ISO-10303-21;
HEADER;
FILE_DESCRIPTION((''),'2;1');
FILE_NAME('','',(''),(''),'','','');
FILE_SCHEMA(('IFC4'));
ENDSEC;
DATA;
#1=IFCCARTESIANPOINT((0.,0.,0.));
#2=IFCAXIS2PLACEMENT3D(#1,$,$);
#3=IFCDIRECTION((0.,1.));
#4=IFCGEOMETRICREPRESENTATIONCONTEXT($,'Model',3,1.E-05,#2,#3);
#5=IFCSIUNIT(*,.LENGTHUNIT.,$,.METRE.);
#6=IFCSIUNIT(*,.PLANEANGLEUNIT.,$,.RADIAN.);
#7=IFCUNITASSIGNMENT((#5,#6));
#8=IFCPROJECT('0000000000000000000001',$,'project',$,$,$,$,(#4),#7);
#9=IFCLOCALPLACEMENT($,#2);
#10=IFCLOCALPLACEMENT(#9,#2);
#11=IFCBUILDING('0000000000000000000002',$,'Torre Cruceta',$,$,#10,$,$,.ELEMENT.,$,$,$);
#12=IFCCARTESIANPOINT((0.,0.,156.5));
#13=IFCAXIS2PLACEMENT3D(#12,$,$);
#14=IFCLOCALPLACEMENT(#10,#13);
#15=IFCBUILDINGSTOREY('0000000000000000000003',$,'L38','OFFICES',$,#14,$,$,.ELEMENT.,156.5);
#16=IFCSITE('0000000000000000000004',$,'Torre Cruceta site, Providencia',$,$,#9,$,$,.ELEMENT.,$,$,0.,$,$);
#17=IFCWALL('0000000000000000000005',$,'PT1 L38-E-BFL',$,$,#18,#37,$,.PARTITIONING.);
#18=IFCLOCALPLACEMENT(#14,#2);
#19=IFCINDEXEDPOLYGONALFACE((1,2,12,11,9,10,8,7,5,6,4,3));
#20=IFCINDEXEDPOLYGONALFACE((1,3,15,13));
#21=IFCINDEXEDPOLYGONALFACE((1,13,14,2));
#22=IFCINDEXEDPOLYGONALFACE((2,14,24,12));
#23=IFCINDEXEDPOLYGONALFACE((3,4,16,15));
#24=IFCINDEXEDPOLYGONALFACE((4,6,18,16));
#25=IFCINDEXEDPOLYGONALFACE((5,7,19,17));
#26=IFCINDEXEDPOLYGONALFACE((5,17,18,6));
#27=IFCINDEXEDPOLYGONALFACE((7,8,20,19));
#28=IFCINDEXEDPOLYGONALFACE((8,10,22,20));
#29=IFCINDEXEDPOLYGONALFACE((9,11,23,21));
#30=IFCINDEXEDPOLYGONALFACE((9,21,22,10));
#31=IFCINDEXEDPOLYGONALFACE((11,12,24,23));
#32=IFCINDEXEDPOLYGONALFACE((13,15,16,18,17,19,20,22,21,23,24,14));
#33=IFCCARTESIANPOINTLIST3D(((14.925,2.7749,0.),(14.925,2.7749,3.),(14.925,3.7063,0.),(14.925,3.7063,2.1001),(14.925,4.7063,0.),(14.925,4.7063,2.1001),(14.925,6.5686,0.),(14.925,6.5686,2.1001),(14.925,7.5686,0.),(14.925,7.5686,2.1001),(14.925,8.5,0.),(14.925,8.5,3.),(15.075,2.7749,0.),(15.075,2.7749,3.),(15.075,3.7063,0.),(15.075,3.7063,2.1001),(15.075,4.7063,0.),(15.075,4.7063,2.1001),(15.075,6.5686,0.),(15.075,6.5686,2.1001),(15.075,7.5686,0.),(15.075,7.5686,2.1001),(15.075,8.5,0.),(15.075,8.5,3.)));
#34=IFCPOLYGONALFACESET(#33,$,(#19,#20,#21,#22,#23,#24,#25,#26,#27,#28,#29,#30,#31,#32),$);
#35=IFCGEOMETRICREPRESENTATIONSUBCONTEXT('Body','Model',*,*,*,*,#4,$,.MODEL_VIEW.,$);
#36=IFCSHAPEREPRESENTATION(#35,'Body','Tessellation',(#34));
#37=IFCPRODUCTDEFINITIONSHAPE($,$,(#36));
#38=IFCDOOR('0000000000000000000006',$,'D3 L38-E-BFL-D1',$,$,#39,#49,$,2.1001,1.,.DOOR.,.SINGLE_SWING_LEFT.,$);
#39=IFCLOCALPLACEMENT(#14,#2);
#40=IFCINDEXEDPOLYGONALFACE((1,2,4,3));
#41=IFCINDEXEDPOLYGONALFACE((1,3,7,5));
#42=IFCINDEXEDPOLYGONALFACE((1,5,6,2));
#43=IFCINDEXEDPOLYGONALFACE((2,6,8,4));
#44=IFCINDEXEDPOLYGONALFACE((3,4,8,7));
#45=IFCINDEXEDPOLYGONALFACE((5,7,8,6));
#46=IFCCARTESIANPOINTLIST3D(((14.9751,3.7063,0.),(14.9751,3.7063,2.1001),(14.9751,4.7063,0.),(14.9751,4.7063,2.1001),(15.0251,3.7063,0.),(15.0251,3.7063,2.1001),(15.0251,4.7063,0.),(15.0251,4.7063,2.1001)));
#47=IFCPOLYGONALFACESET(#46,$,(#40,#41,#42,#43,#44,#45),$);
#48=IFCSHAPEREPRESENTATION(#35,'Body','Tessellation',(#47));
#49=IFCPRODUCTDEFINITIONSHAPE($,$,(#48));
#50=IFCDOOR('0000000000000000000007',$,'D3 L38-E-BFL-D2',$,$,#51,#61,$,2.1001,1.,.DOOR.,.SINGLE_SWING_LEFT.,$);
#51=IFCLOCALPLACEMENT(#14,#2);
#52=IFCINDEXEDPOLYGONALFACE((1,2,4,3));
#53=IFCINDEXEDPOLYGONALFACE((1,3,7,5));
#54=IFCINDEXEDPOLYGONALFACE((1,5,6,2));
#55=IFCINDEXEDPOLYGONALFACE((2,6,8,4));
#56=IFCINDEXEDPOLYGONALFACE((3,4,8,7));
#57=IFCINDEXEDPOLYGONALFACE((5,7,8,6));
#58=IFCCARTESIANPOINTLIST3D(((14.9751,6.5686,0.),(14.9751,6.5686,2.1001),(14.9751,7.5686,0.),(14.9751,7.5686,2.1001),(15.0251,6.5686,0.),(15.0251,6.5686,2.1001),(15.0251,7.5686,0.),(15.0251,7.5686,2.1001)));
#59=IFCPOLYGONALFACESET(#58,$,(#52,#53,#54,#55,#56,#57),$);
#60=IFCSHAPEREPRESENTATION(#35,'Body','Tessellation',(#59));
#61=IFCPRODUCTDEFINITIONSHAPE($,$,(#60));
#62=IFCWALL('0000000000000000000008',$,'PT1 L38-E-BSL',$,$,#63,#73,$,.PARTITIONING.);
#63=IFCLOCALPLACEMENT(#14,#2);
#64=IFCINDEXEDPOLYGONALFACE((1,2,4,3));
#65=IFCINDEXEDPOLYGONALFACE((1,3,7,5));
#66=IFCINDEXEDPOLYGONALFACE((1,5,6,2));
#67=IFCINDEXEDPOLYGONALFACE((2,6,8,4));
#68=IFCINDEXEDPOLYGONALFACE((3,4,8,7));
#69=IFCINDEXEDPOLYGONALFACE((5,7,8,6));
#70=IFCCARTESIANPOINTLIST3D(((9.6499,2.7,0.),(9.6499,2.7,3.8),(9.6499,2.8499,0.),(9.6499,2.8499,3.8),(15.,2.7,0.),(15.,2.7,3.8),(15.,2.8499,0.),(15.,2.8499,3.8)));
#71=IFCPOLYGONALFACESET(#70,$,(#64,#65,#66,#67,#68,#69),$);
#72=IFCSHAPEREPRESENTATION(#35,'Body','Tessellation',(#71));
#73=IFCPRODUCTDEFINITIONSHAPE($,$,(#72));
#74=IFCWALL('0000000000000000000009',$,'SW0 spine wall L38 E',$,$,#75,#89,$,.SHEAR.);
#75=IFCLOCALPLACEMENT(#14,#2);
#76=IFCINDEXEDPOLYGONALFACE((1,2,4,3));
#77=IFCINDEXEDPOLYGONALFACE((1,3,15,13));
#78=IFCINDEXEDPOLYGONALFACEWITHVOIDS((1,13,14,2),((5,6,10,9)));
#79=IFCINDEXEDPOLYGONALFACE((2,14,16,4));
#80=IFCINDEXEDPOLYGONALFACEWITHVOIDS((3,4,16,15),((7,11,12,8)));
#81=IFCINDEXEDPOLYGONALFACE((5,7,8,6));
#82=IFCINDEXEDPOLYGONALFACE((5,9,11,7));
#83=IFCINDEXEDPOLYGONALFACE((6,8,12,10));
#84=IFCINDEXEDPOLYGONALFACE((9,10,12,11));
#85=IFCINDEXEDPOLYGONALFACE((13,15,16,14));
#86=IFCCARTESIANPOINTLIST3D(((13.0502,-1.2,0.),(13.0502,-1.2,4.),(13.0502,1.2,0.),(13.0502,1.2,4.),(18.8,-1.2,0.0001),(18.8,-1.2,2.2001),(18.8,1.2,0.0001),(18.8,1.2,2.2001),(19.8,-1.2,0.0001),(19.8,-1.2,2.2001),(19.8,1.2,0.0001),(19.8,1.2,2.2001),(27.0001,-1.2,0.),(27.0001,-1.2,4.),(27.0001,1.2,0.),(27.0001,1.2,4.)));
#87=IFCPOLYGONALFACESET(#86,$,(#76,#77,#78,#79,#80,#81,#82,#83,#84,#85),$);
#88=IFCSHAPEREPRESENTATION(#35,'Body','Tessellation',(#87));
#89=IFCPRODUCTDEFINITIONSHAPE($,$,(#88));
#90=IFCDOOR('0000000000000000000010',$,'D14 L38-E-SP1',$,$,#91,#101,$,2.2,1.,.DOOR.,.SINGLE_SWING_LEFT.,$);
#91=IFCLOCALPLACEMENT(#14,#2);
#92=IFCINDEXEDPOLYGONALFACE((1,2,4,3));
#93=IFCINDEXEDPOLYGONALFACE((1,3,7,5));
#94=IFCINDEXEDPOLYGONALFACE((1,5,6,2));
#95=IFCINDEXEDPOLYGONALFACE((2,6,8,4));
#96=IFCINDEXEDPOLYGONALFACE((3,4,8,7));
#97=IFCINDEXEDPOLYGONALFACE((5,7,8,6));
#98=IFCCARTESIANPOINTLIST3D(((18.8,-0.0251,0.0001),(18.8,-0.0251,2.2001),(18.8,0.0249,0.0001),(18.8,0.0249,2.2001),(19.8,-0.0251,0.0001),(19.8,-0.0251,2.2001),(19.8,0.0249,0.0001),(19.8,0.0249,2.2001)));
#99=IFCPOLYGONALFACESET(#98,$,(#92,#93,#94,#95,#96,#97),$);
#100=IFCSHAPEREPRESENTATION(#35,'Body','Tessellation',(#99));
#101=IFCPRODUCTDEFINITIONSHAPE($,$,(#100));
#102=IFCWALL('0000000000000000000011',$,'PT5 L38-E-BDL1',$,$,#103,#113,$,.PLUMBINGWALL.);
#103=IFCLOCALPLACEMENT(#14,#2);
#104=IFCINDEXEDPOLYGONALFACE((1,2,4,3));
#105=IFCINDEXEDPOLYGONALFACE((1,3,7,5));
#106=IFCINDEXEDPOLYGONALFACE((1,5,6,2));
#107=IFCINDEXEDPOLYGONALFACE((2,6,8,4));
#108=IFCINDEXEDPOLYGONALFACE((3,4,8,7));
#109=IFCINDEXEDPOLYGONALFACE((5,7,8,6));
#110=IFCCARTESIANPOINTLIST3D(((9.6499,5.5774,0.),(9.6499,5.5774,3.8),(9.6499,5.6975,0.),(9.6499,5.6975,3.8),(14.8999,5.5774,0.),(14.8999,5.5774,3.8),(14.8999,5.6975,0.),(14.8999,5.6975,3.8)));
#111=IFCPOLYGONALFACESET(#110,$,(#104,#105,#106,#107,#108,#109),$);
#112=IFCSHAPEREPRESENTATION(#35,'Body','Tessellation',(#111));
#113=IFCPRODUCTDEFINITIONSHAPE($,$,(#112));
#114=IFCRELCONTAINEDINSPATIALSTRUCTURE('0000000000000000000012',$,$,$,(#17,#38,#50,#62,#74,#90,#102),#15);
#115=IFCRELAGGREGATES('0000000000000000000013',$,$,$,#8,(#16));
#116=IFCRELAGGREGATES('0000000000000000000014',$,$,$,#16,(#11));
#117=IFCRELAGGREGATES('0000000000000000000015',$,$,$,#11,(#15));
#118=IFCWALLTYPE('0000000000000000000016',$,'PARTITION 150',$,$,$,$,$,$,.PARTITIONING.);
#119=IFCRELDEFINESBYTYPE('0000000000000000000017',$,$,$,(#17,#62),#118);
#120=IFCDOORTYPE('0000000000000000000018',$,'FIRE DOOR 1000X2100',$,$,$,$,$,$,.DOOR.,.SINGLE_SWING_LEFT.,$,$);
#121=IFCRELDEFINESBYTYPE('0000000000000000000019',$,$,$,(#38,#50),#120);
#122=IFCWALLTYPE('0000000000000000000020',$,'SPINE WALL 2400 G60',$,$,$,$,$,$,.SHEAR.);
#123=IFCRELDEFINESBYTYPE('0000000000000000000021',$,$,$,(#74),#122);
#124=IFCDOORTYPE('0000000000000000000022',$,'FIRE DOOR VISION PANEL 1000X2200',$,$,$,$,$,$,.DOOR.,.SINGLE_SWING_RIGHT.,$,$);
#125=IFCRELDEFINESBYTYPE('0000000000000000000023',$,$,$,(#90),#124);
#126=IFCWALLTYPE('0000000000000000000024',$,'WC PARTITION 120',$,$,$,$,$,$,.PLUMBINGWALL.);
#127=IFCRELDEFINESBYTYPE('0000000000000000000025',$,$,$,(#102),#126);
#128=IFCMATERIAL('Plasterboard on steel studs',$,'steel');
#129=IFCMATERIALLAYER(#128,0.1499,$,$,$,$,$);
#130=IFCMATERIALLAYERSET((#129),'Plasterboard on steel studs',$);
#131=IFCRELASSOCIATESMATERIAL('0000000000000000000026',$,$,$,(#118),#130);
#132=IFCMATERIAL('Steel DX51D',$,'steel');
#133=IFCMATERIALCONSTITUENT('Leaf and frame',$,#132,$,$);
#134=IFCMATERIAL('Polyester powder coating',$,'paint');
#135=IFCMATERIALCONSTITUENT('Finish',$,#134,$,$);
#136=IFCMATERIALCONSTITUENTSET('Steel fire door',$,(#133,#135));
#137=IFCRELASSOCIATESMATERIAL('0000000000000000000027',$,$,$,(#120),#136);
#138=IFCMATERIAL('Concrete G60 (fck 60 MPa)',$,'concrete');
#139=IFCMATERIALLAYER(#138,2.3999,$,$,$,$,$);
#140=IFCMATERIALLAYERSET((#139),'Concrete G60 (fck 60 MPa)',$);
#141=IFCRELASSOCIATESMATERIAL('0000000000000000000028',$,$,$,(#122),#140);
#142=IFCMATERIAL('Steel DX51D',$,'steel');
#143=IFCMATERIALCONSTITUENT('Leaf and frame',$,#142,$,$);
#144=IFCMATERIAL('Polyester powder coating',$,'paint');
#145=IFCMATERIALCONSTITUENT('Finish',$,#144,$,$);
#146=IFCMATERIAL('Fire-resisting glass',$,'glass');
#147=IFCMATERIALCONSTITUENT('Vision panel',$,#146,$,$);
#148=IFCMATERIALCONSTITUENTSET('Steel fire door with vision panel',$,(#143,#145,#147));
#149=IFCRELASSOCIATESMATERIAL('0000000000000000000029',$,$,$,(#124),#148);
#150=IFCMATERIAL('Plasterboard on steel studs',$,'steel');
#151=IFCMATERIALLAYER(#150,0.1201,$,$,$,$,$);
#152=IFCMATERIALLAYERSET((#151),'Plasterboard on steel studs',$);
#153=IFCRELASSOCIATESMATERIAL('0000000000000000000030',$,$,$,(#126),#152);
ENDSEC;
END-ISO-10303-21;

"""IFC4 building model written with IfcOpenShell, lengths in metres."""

from ifc_helpers import new_model, si_unit, direction, frame, frame_2d, origin, place, context, subcontext, project, spatial, rectangle, extrude, material, layer, layer_set, constituent, constituent_set, type_object, element, fill, save


model = new_model("IFC4")

# Units and contexts
model_context = context("Model", 3, precision=1e-05, world=origin(), true_north=direction((0.0, 1.0)))
body_context = subcontext(model_context, "Body", "Model", "MODEL_VIEW")
ifc_project = project(units=[si_unit("LENGTHUNIT", "METRE"), si_unit("PLANEANGLEUNIT", "RADIAN")], contexts=[model_context])

# Site, building, storey
site_placement = place(None, origin())
site = spatial("IfcSite", under=ifc_project, at=site_placement, Name="Torre Cruceta site, Providencia", CompositionType="ELEMENT", RefElevation=0.0)
building_placement = place(site_placement, origin())
building = spatial("IfcBuilding", under=site, at=building_placement, Name="Torre Cruceta", CompositionType="ELEMENT")
storey_placement = place(building_placement, frame((0.0, 0.0, 156.5)))
storey = spatial("IfcBuildingStorey", under=building, at=storey_placement, Name="L38", Description="OFFICES", CompositionType="ELEMENT", Elevation=156.5)

# Wall, openings, doors
ifc_material_1 = material(Name="Plasterboard on steel studs", Category="steel")
ifc_layer_1 = layer(ifc_material_1, 0.1499)
ifc_layer_set_1 = layer_set([ifc_layer_1], Name="Plasterboard on steel studs")
wall_type_1 = type_object("IfcWallType", Name="PARTITION 150", PredefinedType="PARTITIONING", material=ifc_layer_set_1)
wall_1_placement = place(storey_placement, frame((15.0, 2.7749, 0.0), z_axis=(0.0, 0.0, 1.0), x_axis=(0.0, 1.0, 0.0)))
wall_1 = element("IfcWall", 1, at=wall_1_placement, inside=storey, type_object=wall_type_1, Name="PT1 L38-E-BFL", PredefinedType="PARTITIONING", context=body_context, shape_type="SweptSolid", body=[
    extrude(rectangle(XDim=5.7251, YDim=0.1499, at=frame_2d((2.8625, 0.0))), origin(), (0.0, 0.0, 1.0), 3.0),
])
opening_1_placement = place(wall_1_placement, frame((0.9314, 0.0, 0.0)))
opening_1 = element("IfcOpeningElement", 2, at=opening_1_placement, cuts=wall_1, PredefinedType="OPENING", context=body_context, shape_type="SweptSolid", body=[
    extrude(rectangle(XDim=1.0, YDim=2.1001, at=frame_2d((0.5, 1.05))), frame((0.0, 0.085, 0.0), z_axis=(0.0, -1.0, 0.0), x_axis=(1.0, 0.0, 0.0)), (0.0, 0.0, 1.0), 0.1699),
])
opening_2_placement = place(wall_1_placement, frame((3.7937, 0.0, 0.0)))
opening_2 = element("IfcOpeningElement", 3, at=opening_2_placement, cuts=wall_1, PredefinedType="OPENING", context=body_context, shape_type="SweptSolid", body=[
    extrude(rectangle(XDim=1.0, YDim=2.1001, at=frame_2d((0.5, 1.05))), frame((0.0, 0.085, 0.0), z_axis=(0.0, -1.0, 0.0), x_axis=(1.0, 0.0, 0.0)), (0.0, 0.0, 1.0), 0.1699),
])
ifc_material_2 = material(Name="Steel DX51D", Category="steel")
ifc_constituent_1 = constituent(ifc_material_2, Name="Leaf and frame")
ifc_material_3 = material(Name="Polyester powder coating", Category="paint")
ifc_constituent_2 = constituent(ifc_material_3, Name="Finish")
ifc_constituent_set_1 = constituent_set(constituents=[ifc_constituent_1, ifc_constituent_2], Name="Steel fire door")
door_type_1 = type_object("IfcDoorType", Name="FIRE DOOR 1000X2100", OperationType="SINGLE_SWING_LEFT", PredefinedType="DOOR", material=ifc_constituent_set_1)
door_1_placement = place(opening_1_placement, origin())
door_1 = element("IfcDoor", 4, at=door_1_placement, inside=storey, type_object=door_type_1, Name="D3 L38-E-BFL-D1", OperationType="SINGLE_SWING_LEFT", OverallHeight=2.1001, OverallWidth=1.0, PredefinedType="DOOR", context=body_context, shape_type="SweptSolid", body=[
    extrude(rectangle(XDim=1.0, YDim=2.1001, at=frame_2d((0.5, 1.05))), frame((0.0, 0.0249, 0.0), z_axis=(0.0, -1.0, 0.0), x_axis=(1.0, 0.0, 0.0)), (0.0, 0.0, 1.0), 0.05),
])
fill(opening_1, door_1)
door_2_placement = place(opening_2_placement, origin())
door_2 = element("IfcDoor", 5, at=door_2_placement, inside=storey, type_object=door_type_1, Name="D3 L38-E-BFL-D2", OperationType="SINGLE_SWING_LEFT", OverallHeight=2.1001, OverallWidth=1.0, PredefinedType="DOOR", context=body_context, shape_type="SweptSolid", body=[
    extrude(rectangle(XDim=1.0, YDim=2.1001, at=frame_2d((0.5, 1.05))), frame((0.0, 0.0249, 0.0), z_axis=(0.0, -1.0, 0.0), x_axis=(1.0, 0.0, 0.0)), (0.0, 0.0, 1.0), 0.05),
])
fill(opening_2, door_2)

# Wall
wall_2_placement = place(storey_placement, frame((9.6499, 2.7749, 0.0), z_axis=(0.0, 0.0, 1.0), x_axis=(1.0, 0.0, 0.0)))
element("IfcWall", 6, at=wall_2_placement, inside=storey, type_object=wall_type_1, Name="PT1 L38-E-BSL", PredefinedType="PARTITIONING", context=body_context, shape_type="SweptSolid", body=[
    extrude(rectangle(XDim=5.3501, YDim=0.1499, at=frame_2d((2.675, 0.0))), origin(), (0.0, 0.0, 1.0), 3.8),
])

# Wall, opening, door
ifc_material_4 = material(Name="Concrete G60 (fck 60 MPa)", Category="concrete")
ifc_layer_2 = layer(ifc_material_4, 2.3999)
ifc_layer_set_2 = layer_set([ifc_layer_2], Name="Concrete G60 (fck 60 MPa)")
wall_type_2 = type_object("IfcWallType", Name="SPINE WALL 2400 G60", PredefinedType="SHEAR", material=ifc_layer_set_2)
wall_3_placement = place(storey_placement, frame((13.05, 0.0, 0.0), z_axis=(0.0, 0.0, 1.0), x_axis=(1.0, 0.0, 0.0)))
wall_3 = element("IfcWall", 7, at=wall_3_placement, inside=storey, type_object=wall_type_2, Name="SW0 spine wall L38 E", PredefinedType="SHEAR", context=body_context, shape_type="SweptSolid", body=[
    extrude(rectangle(XDim=13.95, YDim=2.3999, at=frame_2d((6.9751, 0.0))), origin(), (0.0, 0.0, 1.0), 4.0),
])
opening_3_placement = place(wall_3_placement, frame((5.75, 0.0, 0.0)))
opening_3 = element("IfcOpeningElement", 8, at=opening_3_placement, cuts=wall_3, PredefinedType="OPENING", context=body_context, shape_type="SweptSolid", body=[
    extrude(rectangle(XDim=1.0, YDim=2.2, at=frame_2d((0.5, 1.1001))), frame((0.0, 1.21, 0.0), z_axis=(0.0, -1.0, 0.0), x_axis=(1.0, 0.0, 0.0)), (0.0, 0.0, 1.0), 2.4199),
])
ifc_material_5 = material(Name="Steel DX51D", Category="steel")
ifc_constituent_3 = constituent(ifc_material_5, Name="Leaf and frame")
ifc_material_6 = material(Name="Polyester powder coating", Category="paint")
ifc_constituent_4 = constituent(ifc_material_6, Name="Finish")
ifc_material_7 = material(Name="Fire-resisting glass", Category="glass")
ifc_constituent_5 = constituent(ifc_material_7, Name="Vision panel")
ifc_constituent_set_2 = constituent_set(constituents=[ifc_constituent_3, ifc_constituent_4, ifc_constituent_5], Name="Steel fire door with vision panel")
door_type_2 = type_object("IfcDoorType", Name="FIRE DOOR VISION PANEL 1000X2200", OperationType="SINGLE_SWING_RIGHT", PredefinedType="DOOR", material=ifc_constituent_set_2)
door_3_placement = place(opening_3_placement, frame((1.0, 0.0, 0.0), z_axis=(0.0, 0.0, 1.0), x_axis=(-1.0, 0.0, 0.0)))
door_3 = element("IfcDoor", 9, at=door_3_placement, inside=storey, type_object=door_type_2, Name="D14 L38-E-SP1", OperationType="SINGLE_SWING_LEFT", OverallHeight=2.2, OverallWidth=1.0, PredefinedType="DOOR", context=body_context, shape_type="SweptSolid", body=[
    extrude(rectangle(XDim=1.0, YDim=2.2, at=frame_2d((0.5, 1.1001))), frame((0.0, 0.0251, 0.0), z_axis=(0.0, -1.0, 0.0), x_axis=(1.0, 0.0, 0.0)), (0.0, 0.0, 1.0), 0.05),
])
fill(opening_3, door_3)

# Wall
ifc_material_8 = material(Name="Plasterboard on steel studs", Category="steel")
ifc_layer_3 = layer(ifc_material_8, 0.1201)
ifc_layer_set_3 = layer_set([ifc_layer_3], Name="Plasterboard on steel studs")
wall_type_3 = type_object("IfcWallType", Name="WC PARTITION 120", PredefinedType="PLUMBINGWALL", material=ifc_layer_set_3)
wall_4_placement = place(storey_placement, frame((9.6499, 5.6375, 0.0), z_axis=(0.0, 0.0, 1.0), x_axis=(1.0, 0.0, 0.0)))
element("IfcWall", 10, at=wall_4_placement, inside=storey, type_object=wall_type_3, Name="PT5 L38-E-BDL1", PredefinedType="PLUMBINGWALL", context=body_context, shape_type="SweptSolid", body=[
    extrude(rectangle(XDim=5.25, YDim=0.1201, at=frame_2d((2.625, 0.0))), origin(), (0.0, 0.0, 1.0), 3.8),
])

save(model, "model.ifc")
